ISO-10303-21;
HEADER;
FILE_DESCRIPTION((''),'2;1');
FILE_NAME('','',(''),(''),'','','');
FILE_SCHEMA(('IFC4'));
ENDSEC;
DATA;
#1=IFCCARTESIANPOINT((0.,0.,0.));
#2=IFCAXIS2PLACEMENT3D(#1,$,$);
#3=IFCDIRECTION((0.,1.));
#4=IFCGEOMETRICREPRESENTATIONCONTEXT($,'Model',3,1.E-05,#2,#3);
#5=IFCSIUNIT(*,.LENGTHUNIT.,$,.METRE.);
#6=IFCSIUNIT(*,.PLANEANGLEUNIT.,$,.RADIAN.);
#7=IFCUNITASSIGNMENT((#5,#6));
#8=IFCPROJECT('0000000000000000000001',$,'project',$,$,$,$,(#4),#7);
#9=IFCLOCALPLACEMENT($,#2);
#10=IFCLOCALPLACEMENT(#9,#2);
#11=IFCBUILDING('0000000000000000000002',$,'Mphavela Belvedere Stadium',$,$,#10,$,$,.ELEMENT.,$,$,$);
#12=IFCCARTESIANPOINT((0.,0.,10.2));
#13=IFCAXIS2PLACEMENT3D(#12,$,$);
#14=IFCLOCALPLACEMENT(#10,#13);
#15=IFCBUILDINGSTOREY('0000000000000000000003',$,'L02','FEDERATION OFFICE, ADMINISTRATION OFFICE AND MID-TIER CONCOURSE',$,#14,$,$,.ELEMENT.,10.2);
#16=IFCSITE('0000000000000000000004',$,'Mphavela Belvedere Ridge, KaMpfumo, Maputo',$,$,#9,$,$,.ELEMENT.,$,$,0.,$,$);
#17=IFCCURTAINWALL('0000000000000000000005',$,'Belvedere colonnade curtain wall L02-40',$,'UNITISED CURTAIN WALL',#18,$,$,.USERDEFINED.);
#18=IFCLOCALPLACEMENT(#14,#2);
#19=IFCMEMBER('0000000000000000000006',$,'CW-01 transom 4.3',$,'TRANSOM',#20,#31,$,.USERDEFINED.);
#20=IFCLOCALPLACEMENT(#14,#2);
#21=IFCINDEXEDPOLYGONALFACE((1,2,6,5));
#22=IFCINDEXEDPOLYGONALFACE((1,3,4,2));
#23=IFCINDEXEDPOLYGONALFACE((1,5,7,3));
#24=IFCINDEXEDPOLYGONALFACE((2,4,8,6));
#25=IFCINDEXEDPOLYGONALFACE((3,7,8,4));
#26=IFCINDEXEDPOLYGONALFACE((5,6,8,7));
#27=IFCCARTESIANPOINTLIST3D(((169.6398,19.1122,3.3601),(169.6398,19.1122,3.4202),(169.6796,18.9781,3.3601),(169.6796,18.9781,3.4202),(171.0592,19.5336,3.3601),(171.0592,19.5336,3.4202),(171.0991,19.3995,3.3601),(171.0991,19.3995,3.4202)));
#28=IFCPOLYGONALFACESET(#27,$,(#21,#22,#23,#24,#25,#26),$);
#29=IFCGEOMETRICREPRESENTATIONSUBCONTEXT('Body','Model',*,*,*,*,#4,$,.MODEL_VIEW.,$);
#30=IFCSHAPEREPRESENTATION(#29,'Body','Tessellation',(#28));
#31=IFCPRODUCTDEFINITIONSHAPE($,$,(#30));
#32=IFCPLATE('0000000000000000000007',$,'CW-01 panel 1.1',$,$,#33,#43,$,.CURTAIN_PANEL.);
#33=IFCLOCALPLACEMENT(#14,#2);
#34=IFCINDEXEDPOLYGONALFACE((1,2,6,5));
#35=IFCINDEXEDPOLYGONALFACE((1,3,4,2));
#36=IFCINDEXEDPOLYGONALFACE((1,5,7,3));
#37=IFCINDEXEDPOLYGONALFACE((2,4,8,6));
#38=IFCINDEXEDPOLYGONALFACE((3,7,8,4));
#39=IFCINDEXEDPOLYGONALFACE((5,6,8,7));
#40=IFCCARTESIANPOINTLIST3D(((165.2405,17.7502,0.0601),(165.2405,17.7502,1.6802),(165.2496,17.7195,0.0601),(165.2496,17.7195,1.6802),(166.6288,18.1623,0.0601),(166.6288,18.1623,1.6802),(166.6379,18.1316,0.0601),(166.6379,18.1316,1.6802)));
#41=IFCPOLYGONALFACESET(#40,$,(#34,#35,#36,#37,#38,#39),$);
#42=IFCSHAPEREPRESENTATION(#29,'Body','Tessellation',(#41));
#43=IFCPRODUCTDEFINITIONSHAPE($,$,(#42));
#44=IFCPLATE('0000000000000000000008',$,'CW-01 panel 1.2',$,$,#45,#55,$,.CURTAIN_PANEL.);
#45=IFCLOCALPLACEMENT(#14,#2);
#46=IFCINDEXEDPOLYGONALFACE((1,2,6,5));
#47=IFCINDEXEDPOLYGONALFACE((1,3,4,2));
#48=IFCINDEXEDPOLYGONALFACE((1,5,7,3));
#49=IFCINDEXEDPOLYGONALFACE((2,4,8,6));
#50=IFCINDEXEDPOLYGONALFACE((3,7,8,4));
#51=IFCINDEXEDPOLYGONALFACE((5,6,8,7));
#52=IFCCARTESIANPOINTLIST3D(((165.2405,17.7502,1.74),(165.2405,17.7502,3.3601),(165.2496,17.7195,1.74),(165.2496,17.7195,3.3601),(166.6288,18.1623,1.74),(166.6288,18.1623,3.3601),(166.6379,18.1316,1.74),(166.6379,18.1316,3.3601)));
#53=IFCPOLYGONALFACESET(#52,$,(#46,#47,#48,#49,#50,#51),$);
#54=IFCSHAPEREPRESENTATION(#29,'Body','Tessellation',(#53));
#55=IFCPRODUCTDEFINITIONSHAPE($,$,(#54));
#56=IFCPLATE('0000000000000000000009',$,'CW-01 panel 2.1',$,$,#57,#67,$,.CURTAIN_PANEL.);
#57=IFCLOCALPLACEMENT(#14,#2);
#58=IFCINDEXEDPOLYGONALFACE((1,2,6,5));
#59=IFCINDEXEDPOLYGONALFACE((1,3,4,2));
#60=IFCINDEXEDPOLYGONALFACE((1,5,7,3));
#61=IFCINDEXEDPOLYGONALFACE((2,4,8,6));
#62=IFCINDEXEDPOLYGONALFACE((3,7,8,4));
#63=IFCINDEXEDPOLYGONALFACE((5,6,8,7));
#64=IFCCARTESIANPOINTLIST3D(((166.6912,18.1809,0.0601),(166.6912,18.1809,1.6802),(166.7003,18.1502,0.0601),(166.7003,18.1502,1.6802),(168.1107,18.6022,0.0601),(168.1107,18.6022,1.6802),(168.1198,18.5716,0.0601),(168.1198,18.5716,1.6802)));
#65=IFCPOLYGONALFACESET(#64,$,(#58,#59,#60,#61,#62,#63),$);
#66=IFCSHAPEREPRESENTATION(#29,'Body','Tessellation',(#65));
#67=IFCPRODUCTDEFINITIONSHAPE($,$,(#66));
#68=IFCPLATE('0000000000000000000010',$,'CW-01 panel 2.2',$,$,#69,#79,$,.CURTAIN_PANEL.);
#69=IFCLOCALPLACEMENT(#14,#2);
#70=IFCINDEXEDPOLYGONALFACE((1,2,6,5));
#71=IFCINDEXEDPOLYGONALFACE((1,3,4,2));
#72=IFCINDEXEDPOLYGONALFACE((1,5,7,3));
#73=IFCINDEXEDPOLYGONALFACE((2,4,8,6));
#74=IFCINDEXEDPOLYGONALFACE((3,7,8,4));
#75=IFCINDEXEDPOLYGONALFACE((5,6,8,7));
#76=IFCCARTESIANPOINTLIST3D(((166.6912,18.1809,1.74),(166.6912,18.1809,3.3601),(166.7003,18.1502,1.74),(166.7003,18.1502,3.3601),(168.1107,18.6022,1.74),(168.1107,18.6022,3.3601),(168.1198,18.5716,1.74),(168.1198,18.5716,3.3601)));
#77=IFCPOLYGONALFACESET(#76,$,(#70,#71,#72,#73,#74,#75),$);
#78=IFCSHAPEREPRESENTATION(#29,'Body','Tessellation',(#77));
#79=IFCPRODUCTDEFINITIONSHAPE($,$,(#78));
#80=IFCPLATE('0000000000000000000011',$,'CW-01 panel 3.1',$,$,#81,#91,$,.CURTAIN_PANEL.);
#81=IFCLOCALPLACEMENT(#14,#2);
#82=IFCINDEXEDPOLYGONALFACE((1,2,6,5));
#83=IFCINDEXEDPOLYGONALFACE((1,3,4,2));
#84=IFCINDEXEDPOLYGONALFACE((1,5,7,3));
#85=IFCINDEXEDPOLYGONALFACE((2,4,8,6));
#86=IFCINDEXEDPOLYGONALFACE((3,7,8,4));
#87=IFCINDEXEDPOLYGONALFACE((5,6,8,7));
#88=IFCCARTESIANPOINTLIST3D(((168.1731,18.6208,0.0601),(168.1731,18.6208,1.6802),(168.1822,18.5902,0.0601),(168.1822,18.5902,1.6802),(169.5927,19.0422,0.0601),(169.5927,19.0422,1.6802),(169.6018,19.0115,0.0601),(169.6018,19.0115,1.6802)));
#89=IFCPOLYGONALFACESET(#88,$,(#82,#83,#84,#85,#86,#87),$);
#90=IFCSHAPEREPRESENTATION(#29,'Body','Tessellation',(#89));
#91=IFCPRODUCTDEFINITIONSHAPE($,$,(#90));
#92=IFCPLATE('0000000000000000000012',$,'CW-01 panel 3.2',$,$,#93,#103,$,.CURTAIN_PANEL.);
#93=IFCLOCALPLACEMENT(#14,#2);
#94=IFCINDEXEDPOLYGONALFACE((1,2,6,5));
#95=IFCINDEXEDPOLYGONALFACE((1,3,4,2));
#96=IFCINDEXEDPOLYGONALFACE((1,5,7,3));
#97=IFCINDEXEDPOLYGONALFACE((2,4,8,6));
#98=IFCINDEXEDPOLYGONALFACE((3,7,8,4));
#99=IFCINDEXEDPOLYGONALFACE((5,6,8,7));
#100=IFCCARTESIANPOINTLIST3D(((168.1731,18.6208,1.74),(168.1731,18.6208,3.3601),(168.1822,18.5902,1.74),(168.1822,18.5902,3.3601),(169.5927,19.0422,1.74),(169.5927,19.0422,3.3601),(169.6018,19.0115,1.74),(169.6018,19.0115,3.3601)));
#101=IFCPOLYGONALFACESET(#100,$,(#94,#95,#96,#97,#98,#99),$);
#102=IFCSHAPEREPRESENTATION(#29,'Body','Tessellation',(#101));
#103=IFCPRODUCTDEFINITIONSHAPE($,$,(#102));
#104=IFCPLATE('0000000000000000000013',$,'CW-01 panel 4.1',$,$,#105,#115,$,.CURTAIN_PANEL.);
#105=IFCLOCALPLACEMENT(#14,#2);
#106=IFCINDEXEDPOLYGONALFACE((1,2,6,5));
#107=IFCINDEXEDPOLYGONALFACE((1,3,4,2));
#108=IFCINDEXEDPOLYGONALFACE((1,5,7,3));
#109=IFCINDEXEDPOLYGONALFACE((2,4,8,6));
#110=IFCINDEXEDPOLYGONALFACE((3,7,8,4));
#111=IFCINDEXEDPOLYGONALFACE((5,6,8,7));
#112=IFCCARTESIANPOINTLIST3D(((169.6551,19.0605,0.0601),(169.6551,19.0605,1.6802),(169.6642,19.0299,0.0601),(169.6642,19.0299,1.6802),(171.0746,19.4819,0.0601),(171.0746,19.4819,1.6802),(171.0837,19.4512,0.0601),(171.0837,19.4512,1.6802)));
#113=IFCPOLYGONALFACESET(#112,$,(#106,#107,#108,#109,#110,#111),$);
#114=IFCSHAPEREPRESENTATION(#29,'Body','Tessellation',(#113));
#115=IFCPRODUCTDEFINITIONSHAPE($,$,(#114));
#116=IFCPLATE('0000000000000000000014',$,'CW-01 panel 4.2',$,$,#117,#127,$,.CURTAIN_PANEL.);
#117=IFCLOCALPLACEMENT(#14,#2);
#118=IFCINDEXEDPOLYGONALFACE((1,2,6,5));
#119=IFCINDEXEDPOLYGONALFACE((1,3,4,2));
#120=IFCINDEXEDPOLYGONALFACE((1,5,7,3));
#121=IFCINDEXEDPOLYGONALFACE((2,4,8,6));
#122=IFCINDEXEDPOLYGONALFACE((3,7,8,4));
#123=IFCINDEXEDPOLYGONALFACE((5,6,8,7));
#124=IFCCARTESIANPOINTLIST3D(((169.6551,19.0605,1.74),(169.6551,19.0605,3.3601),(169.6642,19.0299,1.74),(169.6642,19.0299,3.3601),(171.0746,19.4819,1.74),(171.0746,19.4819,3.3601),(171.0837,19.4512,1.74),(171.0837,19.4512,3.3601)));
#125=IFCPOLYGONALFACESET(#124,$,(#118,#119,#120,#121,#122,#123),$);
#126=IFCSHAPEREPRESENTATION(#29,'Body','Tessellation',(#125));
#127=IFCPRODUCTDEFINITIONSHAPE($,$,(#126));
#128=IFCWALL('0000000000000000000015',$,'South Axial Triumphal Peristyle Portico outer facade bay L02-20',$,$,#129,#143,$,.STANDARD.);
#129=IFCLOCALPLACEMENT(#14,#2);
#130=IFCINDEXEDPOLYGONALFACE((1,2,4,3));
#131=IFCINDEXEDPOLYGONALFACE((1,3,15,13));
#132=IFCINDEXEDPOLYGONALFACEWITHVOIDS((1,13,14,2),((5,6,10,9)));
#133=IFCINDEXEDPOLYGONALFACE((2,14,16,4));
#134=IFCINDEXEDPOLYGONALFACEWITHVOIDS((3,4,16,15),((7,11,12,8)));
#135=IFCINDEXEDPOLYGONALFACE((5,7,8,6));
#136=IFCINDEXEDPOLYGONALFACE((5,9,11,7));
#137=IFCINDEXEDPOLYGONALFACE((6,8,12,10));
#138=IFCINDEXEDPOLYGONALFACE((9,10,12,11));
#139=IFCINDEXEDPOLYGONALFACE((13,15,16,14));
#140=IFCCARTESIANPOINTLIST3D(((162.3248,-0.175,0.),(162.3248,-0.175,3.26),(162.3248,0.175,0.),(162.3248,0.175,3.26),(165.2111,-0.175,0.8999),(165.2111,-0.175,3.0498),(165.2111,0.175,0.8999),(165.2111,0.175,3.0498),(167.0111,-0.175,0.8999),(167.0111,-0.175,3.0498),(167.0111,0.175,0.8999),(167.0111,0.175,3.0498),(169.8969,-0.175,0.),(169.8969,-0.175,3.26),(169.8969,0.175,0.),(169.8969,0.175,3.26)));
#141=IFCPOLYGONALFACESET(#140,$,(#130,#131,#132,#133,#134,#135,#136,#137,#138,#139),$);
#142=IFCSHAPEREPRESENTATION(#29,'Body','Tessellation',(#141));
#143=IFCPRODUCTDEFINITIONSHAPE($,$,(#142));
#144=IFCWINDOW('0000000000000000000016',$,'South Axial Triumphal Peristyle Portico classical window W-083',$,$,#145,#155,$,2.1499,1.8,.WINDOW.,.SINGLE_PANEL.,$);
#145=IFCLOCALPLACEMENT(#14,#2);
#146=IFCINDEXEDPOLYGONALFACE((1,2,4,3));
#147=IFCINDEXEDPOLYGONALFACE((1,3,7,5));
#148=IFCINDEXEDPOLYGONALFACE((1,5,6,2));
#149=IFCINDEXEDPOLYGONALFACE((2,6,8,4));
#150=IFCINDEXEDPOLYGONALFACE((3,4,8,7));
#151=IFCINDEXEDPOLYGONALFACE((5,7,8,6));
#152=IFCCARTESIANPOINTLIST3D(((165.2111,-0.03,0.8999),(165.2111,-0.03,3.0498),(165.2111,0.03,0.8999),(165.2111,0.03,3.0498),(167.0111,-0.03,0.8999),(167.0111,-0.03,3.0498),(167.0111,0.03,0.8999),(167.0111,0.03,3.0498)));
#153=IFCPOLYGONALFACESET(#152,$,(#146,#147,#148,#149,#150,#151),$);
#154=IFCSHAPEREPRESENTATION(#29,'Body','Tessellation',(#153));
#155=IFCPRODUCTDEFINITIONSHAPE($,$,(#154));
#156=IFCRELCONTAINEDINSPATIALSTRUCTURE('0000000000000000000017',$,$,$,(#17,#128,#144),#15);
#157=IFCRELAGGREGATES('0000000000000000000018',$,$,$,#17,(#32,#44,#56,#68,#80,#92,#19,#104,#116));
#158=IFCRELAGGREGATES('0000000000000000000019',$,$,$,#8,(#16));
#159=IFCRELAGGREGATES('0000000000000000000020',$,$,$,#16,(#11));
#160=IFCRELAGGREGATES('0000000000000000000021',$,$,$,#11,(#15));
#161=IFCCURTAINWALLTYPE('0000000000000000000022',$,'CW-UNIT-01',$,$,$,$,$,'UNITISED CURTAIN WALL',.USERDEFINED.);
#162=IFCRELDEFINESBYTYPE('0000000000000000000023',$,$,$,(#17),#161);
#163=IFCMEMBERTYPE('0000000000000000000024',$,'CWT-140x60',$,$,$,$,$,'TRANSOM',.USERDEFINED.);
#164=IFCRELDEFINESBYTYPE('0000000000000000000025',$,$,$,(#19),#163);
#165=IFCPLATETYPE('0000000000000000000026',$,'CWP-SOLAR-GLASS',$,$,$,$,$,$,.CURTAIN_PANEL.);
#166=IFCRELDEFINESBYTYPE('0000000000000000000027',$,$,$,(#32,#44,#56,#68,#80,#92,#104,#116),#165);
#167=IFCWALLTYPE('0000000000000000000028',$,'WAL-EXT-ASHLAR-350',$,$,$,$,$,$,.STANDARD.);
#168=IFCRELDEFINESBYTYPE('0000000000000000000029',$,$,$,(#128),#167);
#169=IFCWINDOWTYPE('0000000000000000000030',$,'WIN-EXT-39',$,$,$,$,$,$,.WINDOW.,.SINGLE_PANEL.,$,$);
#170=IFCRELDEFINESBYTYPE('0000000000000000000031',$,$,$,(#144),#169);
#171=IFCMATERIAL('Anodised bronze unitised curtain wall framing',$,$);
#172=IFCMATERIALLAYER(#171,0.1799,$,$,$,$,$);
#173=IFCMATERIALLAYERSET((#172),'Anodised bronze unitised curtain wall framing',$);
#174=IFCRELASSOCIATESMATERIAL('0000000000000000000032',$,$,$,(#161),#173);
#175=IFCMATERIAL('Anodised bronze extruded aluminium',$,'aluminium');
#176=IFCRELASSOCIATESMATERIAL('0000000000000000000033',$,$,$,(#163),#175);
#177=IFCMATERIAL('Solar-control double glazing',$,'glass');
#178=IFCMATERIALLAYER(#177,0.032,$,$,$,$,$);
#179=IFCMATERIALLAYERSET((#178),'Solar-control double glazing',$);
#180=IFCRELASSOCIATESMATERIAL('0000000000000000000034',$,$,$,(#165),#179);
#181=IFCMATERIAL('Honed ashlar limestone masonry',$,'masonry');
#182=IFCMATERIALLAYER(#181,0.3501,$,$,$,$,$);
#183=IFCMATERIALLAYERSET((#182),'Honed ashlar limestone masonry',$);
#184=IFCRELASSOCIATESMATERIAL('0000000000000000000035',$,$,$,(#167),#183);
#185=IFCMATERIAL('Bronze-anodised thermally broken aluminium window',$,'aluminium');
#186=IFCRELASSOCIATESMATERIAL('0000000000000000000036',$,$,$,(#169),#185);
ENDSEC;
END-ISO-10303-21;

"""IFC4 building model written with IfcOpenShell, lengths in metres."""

from ifc_helpers import new_model, si_unit, direction, frame, frame_2d, origin, origin_2d, place, context, subcontext, project, spatial, rectangle, extrude, material, layer, layer_set, material_profile, profile_set, type_object, element, fill, aggregate, save


model = new_model("IFC4")

# Units and contexts
model_context = context("Model", 3, precision=1e-05, world=origin(), true_north=direction((0.0, 1.0)))
body_context = subcontext(model_context, "Body", "Model", "MODEL_VIEW")
ifc_project = project(units=[si_unit("LENGTHUNIT", "METRE"), si_unit("PLANEANGLEUNIT", "RADIAN")], contexts=[model_context])

# Site, building, storey
site_placement = place(None, origin())
site = spatial("IfcSite", under=ifc_project, at=site_placement, Name="Mphavela Belvedere Ridge, KaMpfumo, Maputo", CompositionType="ELEMENT", RefElevation=0.0)
building_placement = place(site_placement, origin())
building = spatial("IfcBuilding", under=site, at=building_placement, Name="Mphavela Belvedere Stadium", CompositionType="ELEMENT")
storey_placement = place(building_placement, frame((0.0, 0.0, 10.2)))
storey = spatial("IfcBuildingStorey", under=building, at=storey_placement, Name="L02", Description="FEDERATION OFFICE, ADMINISTRATION OFFICE AND MID-TIER CONCOURSE", CompositionType="ELEMENT", Elevation=10.2)

# Curtain wall, member, plates
ifc_material_1 = material(Name="Anodised bronze unitised curtain wall framing")
ifc_layer_1 = layer(ifc_material_1, 0.1799)
ifc_layer_set_1 = layer_set([ifc_layer_1], Name="Anodised bronze unitised curtain wall framing")
curtain_wall_type = type_object("IfcCurtainWallType", Name="CW-UNIT-01", ElementType="UNITISED CURTAIN WALL", PredefinedType="USERDEFINED", material=ifc_layer_set_1)
curtain_wall_placement = place(storey_placement, origin())
curtain_wall = element("IfcCurtainWall", 1, at=curtain_wall_placement, inside=storey, type_object=curtain_wall_type, Name="Belvedere colonnade curtain wall L02-40", ObjectType="UNITISED CURTAIN WALL", PredefinedType="USERDEFINED")
ifc_material_2 = material(Name="Anodised bronze extruded aluminium", Category="aluminium")
ifc_material_profile_1 = material_profile(ifc_material_2, rectangle(XDim=0.1399, YDim=0.0601, at=origin_2d()), Name="CW-TRN 140x60")
ifc_profile_set_1 = profile_set([ifc_material_profile_1], Name="Anodised bronze extruded aluminium")
member_type_1 = type_object("IfcMemberType", Name="CWT-140x60", ElementType="TRANSOM", PredefinedType="USERDEFINED", material=ifc_profile_set_1)
member_1_placement = place(storey_placement, frame((169.6597, 19.0452, 3.3901), z_axis=(0.958648, 0.284594, 0.0), x_axis=(-0.284594, 0.958648, 0.0)))
member_1 = element("IfcMember", 2, at=member_1_placement, type_object=member_type_1, Name="CW-01 transom 4.3", ObjectType="TRANSOM", PredefinedType="USERDEFINED", context=body_context, shape_type="SweptSolid", body=[
    extrude(rectangle(XDim=0.1399, YDim=0.0601, at=origin_2d()), origin(), (0.0, 0.0, 1.0), 1.4807),
])
ifc_material_3 = material(Name="Solar-control double glazing", Category="glass")
ifc_layer_2 = layer(ifc_material_3, 0.032)
ifc_layer_set_2 = layer_set([ifc_layer_2], Name="Solar-control double glazing")
plate_type = type_object("IfcPlateType", Name="CWP-SOLAR-GLASS", PredefinedType="CURTAIN_PANEL", material=ifc_layer_set_2)
plate_1_placement = place(storey_placement, frame((165.9392, 17.9409, 0.0601), z_axis=(0.0, 0.0, 1.0), x_axis=(0.958662, 0.284547, 0.0)))
plate_1 = element("IfcPlate", 3, at=plate_1_placement, type_object=plate_type, Name="CW-01 panel 1.1", PredefinedType="CURTAIN_PANEL", context=body_context, shape_type="SweptSolid", body=[
    extrude(rectangle(XDim=1.4482, YDim=0.032, at=origin_2d()), origin(), (0.0, 0.0, 1.0), 1.6201),
])
plate_2_placement = place(storey_placement, frame((165.9392, 17.9409, 1.74), z_axis=(0.0, 0.0, 1.0), x_axis=(0.958662, 0.284547, 0.0)))
plate_2 = element("IfcPlate", 4, at=plate_2_placement, type_object=plate_type, Name="CW-01 panel 1.2", PredefinedType="CURTAIN_PANEL", context=body_context, shape_type="SweptSolid", body=[
    extrude(rectangle(XDim=1.4482, YDim=0.032, at=origin_2d()), origin(), (0.0, 0.0, 1.0), 1.6201),
])
plate_3_placement = place(storey_placement, frame((167.4055, 18.3762, 0.0601), z_axis=(0.0, 0.0, 1.0), x_axis=(0.958662, 0.284547, 0.0)))
plate_3 = element("IfcPlate", 5, at=plate_3_placement, type_object=plate_type, Name="CW-01 panel 2.1", PredefinedType="CURTAIN_PANEL", context=body_context, shape_type="SweptSolid", body=[
    extrude(rectangle(XDim=1.4807, YDim=0.032, at=origin_2d()), origin(), (0.0, 0.0, 1.0), 1.6201),
])
plate_4_placement = place(storey_placement, frame((167.4055, 18.3762, 1.74), z_axis=(0.0, 0.0, 1.0), x_axis=(0.958662, 0.284547, 0.0)))
plate_4 = element("IfcPlate", 6, at=plate_4_placement, type_object=plate_type, Name="CW-01 panel 2.2", PredefinedType="CURTAIN_PANEL", context=body_context, shape_type="SweptSolid", body=[
    extrude(rectangle(XDim=1.4807, YDim=0.032, at=origin_2d()), origin(), (0.0, 0.0, 1.0), 1.6201),
])
plate_5_placement = place(storey_placement, frame((168.8875, 18.8162, 0.0601), z_axis=(0.0, 0.0, 1.0), x_axis=(0.958662, 0.284547, 0.0)))
plate_5 = element("IfcPlate", 7, at=plate_5_placement, type_object=plate_type, Name="CW-01 panel 3.1", PredefinedType="CURTAIN_PANEL", context=body_context, shape_type="SweptSolid", body=[
    extrude(rectangle(XDim=1.4807, YDim=0.032, at=origin_2d()), origin(), (0.0, 0.0, 1.0), 1.6201),
])
plate_6_placement = place(storey_placement, frame((168.8875, 18.8162, 1.74), z_axis=(0.0, 0.0, 1.0), x_axis=(0.958662, 0.284547, 0.0)))
plate_6 = element("IfcPlate", 8, at=plate_6_placement, type_object=plate_type, Name="CW-01 panel 3.2", PredefinedType="CURTAIN_PANEL", context=body_context, shape_type="SweptSolid", body=[
    extrude(rectangle(XDim=1.4807, YDim=0.032, at=origin_2d()), origin(), (0.0, 0.0, 1.0), 1.6201),
])
plate_7_placement = place(storey_placement, frame((170.3694, 19.2559, 0.0601), z_axis=(0.0, 0.0, 1.0), x_axis=(0.958662, 0.284547, 0.0)))
plate_7 = element("IfcPlate", 9, at=plate_7_placement, type_object=plate_type, Name="CW-01 panel 4.1", PredefinedType="CURTAIN_PANEL", context=body_context, shape_type="SweptSolid", body=[
    extrude(rectangle(XDim=1.4807, YDim=0.032, at=origin_2d()), origin(), (0.0, 0.0, 1.0), 1.6201),
])
plate_8_placement = place(storey_placement, frame((170.3694, 19.2559, 1.74), z_axis=(0.0, 0.0, 1.0), x_axis=(0.958662, 0.284547, 0.0)))
plate_8 = element("IfcPlate", 10, at=plate_8_placement, type_object=plate_type, Name="CW-01 panel 4.2", PredefinedType="CURTAIN_PANEL", context=body_context, shape_type="SweptSolid", body=[
    extrude(rectangle(XDim=1.4807, YDim=0.032, at=origin_2d()), origin(), (0.0, 0.0, 1.0), 1.6201),
])
aggregate(curtain_wall, [plate_1, plate_2, plate_3, plate_4, plate_5, plate_6, member_1, plate_7, plate_8])

# Wall, opening, window
ifc_material_4 = material(Name="Honed ashlar limestone masonry", Category="masonry")
ifc_layer_3 = layer(ifc_material_4, 0.3501)
ifc_layer_set_3 = layer_set([ifc_layer_3], Name="Honed ashlar limestone masonry")
wall_type = type_object("IfcWallType", Name="WAL-EXT-ASHLAR-350", PredefinedType="STANDARD", material=ifc_layer_set_3)
wall_placement = place(storey_placement, frame((169.897, 0.0, 0.0), z_axis=(0.0, 0.0, 1.0), x_axis=(-1.0, 0.0, 0.0)))
wall = element("IfcWall", 11, at=wall_placement, inside=storey, type_object=wall_type, Name="South Axial Triumphal Peristyle Portico outer facade bay L02-20", PredefinedType="STANDARD", context=body_context, shape_type="SweptSolid", body=[
    extrude(rectangle(XDim=7.572, YDim=0.3501, at=frame_2d((3.7861, 0.0))), origin(), (0.0, 0.0, 1.0), 3.26),
])
opening_placement = place(wall_placement, frame((2.886, 0.0, 0.8999)))
opening = element("IfcOpeningElement", 12, at=opening_placement, cuts=wall, PredefinedType="OPENING", context=body_context, shape_type="SweptSolid", body=[
    extrude(rectangle(XDim=1.8, YDim=2.1499, at=frame_2d((0.8999, 1.075))), frame((0.0, 0.1851, 0.0), z_axis=(0.0, -1.0, 0.0), x_axis=(1.0, 0.0, 0.0)), (0.0, 0.0, 1.0), 0.3701),
])
ifc_material_5 = material(Name="Bronze-anodised thermally broken aluminium window", Category="aluminium")
window_type = type_object("IfcWindowType", Name="WIN-EXT-39", PartitioningType="SINGLE_PANEL", PredefinedType="WINDOW", material=ifc_material_5)
window_placement = place(opening_placement, origin())
window = element("IfcWindow", 13, at=window_placement, inside=storey, type_object=window_type, Name="South Axial Triumphal Peristyle Portico classical window W-083", OverallHeight=2.1499, OverallWidth=1.8, PartitioningType="SINGLE_PANEL", PredefinedType="WINDOW", context=body_context, shape_type="SweptSolid", body=[
    extrude(rectangle(XDim=1.8, YDim=2.1499, at=frame_2d((0.8999, 1.075))), frame((0.0, 0.03, 0.0), z_axis=(0.0, -1.0, 0.0), x_axis=(1.0, 0.0, 0.0)), (0.0, 0.0, 1.0), 0.0601),
])
fill(opening, window)

save(model, "model.ifc")
